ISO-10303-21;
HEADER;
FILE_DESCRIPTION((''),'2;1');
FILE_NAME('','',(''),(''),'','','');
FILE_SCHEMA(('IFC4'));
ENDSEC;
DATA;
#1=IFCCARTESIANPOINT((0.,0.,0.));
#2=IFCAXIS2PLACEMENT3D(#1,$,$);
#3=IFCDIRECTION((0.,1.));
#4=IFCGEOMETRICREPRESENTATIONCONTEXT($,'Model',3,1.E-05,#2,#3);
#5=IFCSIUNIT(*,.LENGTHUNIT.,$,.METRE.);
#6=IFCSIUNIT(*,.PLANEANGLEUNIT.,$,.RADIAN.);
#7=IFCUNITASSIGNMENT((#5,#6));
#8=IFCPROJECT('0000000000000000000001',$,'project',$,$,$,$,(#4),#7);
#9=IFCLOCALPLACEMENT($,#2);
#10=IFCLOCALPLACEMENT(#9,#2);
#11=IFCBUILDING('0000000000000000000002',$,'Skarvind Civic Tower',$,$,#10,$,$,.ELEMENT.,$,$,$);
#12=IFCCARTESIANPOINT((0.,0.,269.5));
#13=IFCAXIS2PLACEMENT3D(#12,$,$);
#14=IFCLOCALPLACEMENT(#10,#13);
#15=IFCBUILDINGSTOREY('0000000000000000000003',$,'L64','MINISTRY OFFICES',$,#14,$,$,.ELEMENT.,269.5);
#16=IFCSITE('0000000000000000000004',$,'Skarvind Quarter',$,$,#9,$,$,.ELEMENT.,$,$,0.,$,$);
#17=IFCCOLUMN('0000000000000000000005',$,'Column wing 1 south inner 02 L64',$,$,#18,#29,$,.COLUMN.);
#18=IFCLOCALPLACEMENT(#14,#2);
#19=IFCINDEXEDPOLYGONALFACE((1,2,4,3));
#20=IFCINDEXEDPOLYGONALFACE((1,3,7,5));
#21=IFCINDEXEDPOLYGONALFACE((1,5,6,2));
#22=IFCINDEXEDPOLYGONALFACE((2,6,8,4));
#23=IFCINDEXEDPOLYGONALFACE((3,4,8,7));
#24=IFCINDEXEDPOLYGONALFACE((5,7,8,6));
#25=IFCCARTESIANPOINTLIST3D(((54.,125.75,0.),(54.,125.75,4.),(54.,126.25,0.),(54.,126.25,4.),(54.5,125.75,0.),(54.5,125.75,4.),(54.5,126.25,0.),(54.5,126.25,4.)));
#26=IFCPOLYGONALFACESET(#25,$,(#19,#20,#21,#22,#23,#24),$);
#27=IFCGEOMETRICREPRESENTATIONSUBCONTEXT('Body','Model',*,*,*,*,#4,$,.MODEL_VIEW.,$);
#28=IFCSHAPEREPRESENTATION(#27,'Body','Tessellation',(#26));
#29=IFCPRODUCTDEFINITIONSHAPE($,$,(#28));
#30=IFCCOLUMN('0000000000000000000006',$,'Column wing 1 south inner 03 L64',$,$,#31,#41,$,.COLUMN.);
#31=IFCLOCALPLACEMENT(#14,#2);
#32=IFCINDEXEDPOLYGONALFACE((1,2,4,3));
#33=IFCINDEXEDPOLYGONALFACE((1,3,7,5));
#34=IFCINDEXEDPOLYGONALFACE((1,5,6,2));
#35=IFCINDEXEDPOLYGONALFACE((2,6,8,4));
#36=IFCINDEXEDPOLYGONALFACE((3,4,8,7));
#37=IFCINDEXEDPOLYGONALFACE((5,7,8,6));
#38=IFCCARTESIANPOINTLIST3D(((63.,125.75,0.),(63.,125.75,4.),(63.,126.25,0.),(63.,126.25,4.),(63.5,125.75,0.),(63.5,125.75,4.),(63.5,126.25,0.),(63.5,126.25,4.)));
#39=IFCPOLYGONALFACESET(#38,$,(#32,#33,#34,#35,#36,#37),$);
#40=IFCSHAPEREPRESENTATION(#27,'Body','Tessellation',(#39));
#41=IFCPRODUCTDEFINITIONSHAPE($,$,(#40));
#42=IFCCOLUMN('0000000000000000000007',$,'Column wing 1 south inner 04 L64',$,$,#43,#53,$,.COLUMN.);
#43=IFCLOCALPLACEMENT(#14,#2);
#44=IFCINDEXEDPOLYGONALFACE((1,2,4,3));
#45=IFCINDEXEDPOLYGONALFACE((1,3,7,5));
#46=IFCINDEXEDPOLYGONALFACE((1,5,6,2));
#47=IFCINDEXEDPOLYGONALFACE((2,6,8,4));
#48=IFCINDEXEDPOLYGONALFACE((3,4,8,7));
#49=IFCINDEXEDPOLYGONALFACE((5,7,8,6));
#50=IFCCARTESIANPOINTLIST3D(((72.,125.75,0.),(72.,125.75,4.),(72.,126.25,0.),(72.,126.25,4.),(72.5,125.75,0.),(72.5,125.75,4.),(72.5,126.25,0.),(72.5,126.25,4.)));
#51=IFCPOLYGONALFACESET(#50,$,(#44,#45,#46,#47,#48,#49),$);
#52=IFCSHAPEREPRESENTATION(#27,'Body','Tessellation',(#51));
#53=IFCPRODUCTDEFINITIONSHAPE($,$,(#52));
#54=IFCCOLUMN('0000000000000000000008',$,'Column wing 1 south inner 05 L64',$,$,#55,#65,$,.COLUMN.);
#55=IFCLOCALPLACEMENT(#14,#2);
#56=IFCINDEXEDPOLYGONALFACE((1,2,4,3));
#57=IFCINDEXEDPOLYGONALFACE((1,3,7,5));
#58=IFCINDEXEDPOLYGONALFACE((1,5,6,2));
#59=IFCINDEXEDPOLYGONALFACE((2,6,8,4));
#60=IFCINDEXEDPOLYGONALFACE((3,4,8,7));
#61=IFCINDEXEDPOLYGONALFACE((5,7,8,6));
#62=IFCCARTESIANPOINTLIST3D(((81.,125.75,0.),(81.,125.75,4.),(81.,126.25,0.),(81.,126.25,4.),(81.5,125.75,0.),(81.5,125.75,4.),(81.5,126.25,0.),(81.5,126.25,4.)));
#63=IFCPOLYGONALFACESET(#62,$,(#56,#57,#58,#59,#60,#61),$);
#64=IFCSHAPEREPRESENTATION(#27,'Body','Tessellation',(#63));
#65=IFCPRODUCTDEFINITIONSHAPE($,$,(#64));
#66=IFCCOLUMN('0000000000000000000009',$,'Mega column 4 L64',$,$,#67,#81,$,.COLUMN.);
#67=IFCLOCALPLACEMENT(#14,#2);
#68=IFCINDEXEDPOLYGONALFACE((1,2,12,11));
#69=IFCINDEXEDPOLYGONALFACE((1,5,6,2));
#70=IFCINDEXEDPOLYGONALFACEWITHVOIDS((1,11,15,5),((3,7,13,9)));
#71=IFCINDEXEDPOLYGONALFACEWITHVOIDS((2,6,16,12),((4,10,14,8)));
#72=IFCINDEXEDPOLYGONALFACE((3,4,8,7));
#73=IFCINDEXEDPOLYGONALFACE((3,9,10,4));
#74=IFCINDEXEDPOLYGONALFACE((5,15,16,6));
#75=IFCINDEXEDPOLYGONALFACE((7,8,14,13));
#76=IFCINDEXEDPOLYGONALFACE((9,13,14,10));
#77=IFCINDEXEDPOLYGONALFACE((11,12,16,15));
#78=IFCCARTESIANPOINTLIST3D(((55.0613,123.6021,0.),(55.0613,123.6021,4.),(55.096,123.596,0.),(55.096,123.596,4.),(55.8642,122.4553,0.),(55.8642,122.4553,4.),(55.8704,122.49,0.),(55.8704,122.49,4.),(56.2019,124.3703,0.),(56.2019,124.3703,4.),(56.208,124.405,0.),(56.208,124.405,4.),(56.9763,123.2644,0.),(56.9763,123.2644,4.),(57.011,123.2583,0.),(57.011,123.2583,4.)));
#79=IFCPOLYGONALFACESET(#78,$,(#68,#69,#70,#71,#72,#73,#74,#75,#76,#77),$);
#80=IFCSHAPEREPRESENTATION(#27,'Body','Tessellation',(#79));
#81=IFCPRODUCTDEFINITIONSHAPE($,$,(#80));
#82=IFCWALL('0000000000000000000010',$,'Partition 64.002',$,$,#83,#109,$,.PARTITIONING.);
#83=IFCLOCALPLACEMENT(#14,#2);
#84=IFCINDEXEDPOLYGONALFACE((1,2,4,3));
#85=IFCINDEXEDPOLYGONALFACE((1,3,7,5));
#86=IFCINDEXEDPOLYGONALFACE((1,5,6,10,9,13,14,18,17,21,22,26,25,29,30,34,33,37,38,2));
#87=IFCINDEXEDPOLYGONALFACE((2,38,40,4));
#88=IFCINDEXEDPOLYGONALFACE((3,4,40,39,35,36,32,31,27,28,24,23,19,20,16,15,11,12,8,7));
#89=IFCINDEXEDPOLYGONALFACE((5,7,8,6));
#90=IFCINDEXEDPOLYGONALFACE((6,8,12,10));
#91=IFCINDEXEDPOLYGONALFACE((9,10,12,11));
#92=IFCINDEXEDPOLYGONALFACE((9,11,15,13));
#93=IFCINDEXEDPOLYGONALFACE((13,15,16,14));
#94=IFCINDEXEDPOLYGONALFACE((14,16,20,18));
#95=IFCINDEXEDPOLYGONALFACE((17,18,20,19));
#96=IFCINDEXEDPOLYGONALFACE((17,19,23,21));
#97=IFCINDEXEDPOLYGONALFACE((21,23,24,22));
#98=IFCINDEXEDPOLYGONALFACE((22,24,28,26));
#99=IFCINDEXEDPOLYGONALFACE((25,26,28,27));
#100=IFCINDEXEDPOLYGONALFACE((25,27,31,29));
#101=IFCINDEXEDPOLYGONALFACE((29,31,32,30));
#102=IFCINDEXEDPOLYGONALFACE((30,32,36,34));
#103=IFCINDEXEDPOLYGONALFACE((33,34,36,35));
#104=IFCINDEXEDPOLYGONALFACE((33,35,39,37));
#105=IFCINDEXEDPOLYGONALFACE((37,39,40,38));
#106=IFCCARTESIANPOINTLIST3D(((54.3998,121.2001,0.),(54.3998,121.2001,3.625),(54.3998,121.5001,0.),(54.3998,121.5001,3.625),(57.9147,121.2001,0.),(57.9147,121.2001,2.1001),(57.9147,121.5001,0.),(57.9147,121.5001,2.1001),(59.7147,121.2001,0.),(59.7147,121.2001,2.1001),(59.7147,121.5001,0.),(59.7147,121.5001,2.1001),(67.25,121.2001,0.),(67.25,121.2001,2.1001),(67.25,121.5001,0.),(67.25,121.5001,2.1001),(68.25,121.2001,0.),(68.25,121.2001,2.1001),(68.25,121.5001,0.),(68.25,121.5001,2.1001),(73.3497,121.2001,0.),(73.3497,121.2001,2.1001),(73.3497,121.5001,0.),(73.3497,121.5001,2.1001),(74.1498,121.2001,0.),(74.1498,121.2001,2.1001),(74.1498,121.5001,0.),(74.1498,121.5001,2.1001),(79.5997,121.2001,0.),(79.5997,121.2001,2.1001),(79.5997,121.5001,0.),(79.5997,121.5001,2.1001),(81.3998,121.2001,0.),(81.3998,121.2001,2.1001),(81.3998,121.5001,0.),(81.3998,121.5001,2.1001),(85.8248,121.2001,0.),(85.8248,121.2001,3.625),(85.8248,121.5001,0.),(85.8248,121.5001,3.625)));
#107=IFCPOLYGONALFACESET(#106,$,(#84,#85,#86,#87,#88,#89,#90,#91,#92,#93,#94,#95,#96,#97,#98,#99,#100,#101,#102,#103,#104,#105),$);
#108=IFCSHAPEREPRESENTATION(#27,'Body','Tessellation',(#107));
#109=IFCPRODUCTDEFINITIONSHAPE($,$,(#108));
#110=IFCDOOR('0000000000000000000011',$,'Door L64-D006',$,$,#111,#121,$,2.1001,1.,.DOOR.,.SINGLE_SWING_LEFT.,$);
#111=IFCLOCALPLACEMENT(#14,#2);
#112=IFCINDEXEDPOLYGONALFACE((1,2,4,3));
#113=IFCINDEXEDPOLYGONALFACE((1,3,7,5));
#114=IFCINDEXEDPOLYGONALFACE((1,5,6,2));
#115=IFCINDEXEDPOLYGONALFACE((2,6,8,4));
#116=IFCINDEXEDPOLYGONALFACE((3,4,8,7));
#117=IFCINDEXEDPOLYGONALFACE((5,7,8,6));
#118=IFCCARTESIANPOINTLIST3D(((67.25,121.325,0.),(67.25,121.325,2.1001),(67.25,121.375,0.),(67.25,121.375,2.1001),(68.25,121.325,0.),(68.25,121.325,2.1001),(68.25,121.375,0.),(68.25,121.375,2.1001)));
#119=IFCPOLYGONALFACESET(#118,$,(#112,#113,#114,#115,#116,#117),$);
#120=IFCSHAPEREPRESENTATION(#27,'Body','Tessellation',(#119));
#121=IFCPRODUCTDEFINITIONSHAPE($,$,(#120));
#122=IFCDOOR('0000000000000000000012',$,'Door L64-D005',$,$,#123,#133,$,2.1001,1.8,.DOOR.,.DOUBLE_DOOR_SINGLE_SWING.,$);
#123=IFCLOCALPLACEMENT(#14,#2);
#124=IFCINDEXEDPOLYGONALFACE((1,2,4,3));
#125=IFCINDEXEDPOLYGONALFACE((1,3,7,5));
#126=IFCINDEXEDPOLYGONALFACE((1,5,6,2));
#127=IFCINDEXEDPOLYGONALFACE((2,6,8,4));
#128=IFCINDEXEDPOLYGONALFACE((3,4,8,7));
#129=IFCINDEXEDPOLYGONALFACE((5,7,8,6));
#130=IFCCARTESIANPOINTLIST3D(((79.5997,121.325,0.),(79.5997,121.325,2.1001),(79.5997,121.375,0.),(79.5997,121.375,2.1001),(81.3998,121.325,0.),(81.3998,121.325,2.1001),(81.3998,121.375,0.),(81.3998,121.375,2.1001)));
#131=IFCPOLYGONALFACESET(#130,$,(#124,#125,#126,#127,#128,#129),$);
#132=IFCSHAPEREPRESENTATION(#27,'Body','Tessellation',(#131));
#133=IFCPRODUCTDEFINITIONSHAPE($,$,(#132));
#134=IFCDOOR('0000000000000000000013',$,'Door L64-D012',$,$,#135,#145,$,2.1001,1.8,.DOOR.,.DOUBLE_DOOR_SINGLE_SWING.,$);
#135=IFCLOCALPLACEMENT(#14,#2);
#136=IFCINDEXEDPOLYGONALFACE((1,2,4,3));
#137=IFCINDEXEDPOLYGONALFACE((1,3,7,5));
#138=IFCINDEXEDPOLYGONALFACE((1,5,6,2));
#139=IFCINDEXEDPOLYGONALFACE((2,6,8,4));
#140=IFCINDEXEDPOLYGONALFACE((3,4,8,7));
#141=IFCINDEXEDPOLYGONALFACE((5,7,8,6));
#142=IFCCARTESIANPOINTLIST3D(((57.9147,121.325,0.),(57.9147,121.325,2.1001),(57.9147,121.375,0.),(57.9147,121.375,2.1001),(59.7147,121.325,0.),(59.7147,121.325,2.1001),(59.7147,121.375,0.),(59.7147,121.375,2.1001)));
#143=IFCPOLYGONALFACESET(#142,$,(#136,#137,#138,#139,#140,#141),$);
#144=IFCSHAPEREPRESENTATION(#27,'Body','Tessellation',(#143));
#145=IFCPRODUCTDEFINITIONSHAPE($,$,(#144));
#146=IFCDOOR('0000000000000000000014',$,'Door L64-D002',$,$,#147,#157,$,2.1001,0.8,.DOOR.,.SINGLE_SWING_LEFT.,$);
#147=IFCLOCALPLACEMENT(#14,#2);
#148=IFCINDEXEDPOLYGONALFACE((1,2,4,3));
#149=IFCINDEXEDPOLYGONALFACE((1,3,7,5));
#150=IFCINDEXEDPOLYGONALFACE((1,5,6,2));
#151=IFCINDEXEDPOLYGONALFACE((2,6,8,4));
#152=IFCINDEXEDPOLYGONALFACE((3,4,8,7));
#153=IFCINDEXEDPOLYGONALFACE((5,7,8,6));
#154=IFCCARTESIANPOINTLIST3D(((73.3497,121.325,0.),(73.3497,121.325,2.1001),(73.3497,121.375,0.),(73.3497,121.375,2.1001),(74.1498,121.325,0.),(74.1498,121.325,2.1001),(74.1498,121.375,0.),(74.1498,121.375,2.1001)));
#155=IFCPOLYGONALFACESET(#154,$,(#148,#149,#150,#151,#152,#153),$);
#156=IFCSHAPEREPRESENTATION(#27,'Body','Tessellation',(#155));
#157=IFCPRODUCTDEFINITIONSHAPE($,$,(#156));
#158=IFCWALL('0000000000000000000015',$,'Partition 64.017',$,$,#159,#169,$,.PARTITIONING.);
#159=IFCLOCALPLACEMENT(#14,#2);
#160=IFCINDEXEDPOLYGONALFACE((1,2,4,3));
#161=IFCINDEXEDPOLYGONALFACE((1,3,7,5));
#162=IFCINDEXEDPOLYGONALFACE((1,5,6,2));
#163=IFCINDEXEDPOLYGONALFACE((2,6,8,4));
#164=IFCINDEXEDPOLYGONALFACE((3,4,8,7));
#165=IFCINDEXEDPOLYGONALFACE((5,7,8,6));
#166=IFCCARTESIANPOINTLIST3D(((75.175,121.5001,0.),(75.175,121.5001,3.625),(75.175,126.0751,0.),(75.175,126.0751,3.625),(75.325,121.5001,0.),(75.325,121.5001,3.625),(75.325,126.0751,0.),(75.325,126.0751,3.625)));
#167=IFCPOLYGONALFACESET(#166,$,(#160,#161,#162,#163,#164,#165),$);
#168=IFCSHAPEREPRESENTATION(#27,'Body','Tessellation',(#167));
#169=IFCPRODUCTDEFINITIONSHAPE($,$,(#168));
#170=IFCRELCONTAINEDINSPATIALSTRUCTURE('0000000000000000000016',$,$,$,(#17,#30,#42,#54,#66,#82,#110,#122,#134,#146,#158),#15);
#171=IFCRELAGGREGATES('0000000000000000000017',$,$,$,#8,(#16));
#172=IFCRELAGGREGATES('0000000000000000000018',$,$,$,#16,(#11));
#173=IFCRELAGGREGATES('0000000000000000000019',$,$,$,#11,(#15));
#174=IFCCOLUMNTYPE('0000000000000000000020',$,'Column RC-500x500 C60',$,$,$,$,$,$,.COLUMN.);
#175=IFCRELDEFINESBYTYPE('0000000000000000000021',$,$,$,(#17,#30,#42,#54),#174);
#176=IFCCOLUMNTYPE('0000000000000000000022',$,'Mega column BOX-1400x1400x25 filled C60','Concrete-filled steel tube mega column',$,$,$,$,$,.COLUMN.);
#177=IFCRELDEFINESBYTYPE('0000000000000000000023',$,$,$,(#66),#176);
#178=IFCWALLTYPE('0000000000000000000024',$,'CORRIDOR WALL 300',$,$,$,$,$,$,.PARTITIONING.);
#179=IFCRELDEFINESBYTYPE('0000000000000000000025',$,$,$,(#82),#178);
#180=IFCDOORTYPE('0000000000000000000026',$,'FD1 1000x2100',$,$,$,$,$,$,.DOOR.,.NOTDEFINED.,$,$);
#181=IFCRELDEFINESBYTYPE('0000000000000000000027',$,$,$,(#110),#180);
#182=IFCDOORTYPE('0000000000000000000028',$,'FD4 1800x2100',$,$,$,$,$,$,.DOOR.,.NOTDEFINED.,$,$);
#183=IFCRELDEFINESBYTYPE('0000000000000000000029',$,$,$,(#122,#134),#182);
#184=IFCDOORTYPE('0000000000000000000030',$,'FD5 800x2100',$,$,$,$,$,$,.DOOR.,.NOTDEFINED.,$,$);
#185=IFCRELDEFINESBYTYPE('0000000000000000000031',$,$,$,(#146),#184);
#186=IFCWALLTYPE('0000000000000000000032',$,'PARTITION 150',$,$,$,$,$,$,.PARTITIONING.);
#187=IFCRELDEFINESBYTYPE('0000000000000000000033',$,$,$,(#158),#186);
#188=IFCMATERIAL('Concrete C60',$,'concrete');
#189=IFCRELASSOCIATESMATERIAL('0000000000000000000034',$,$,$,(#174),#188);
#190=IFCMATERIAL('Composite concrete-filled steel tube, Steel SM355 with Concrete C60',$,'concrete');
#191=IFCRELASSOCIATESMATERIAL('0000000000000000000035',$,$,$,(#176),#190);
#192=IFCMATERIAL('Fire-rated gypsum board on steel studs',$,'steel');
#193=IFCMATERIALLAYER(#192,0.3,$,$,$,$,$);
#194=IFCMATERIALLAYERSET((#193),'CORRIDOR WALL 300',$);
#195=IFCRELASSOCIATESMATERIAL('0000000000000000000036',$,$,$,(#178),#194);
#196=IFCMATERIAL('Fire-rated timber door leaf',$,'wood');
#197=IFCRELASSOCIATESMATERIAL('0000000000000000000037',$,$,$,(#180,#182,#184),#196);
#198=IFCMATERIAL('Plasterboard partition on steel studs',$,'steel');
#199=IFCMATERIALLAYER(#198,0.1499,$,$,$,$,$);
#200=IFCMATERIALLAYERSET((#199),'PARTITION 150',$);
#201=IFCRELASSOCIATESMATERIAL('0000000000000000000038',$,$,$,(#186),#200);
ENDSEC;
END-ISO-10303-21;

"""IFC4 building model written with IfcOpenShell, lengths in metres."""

from ifc_helpers import new_model, si_unit, direction, frame, frame_2d, origin, origin_2d, place, context, subcontext, project, spatial, rectangle, hollow_rectangle, extrude, material, layer, layer_set, material_profile, profile_set, type_object, element, fill, save


model = new_model("IFC4")

# Units and contexts
model_context = context("Model", 3, precision=1e-05, world=origin(), true_north=direction((0.0, 1.0)))
body_context = subcontext(model_context, "Body", "Model", "MODEL_VIEW")
ifc_project = project(units=[si_unit("LENGTHUNIT", "METRE"), si_unit("PLANEANGLEUNIT", "RADIAN")], contexts=[model_context])

# Site, building, storey
site_placement = place(None, origin())
site = spatial("IfcSite", under=ifc_project, at=site_placement, Name="Skarvind Quarter", CompositionType="ELEMENT", RefElevation=0.0)
building_placement = place(site_placement, origin())
building = spatial("IfcBuilding", under=site, at=building_placement, Name="Skarvind Civic Tower", CompositionType="ELEMENT")
storey_placement = place(building_placement, frame((0.0, 0.0, 269.5)))
storey = spatial("IfcBuildingStorey", under=building, at=storey_placement, Name="L64", Description="MINISTRY OFFICES", CompositionType="ELEMENT", Elevation=269.5)

# Columns
ifc_material_1 = material(Name="Concrete C60", Category="concrete")
ifc_material_profile_1 = material_profile(ifc_material_1, rectangle(XDim=0.5, YDim=0.5, at=origin_2d()), Name="RC-500x500")
ifc_profile_set_1 = profile_set([ifc_material_profile_1], Name="Concrete C60")
column_type_1 = type_object("IfcColumnType", Name="Column RC-500x500 C60", PredefinedType="COLUMN", material=ifc_profile_set_1)
for number, where, z_axis, x_axis, name in (
    (1, (54.25, 126.0, 0.0), (0.0, 0.0, 1.0), (1.0, 0.0, 0.0), "Column wing 1 south inner 02 L64"),
    (2, (63.25, 126.0, 0.0), (0.0, 0.0, 1.0), (1.0, 0.0, 0.0), "Column wing 1 south inner 03 L64"),
    (3, (72.25, 126.0, 0.0), (0.0, 0.0, 1.0), (1.0, 0.0, 0.0), "Column wing 1 south inner 04 L64"),
    (4, (81.25, 126.0, 0.0), (0.0, 0.0, 1.0), (1.0, 0.0, 0.0), "Column wing 1 south inner 05 L64"),
):
    element("IfcColumn", number, at=place(storey_placement, frame(where, z_axis=z_axis, x_axis=x_axis)), inside=storey, type_object=column_type_1, Name=name, PredefinedType="COLUMN", context=body_context, shape_type="SweptSolid", body=[
        extrude(rectangle(XDim=0.5, YDim=0.5, at=origin_2d()), origin(), (0.0, 0.0, 1.0), 4.0),
    ])
ifc_material_2 = material(Name="Composite concrete-filled steel tube, Steel SM355 with Concrete C60", Category="concrete")
ifc_material_profile_2 = material_profile(ifc_material_2, hollow_rectangle(XDim=1.3999, YDim=1.3999, WallThickness=0.0249, at=origin_2d()), Name="BOX-1400x1400x25")
ifc_profile_set_2 = profile_set([ifc_material_profile_2], Name="Composite concrete-filled steel tube, Steel SM355 with Concrete C60")
column_type_2 = type_object("IfcColumnType", Name="Mega column BOX-1400x1400x25 filled C60", Description="Concrete-filled steel tube mega column", PredefinedType="COLUMN", material=ifc_profile_set_2)
column_placement = place(storey_placement, frame((56.0361, 123.4302, 0.0), z_axis=(0.0, 0.0, 1.0), x_axis=(0.573576, -0.819152, 0.0)))
element("IfcColumn", 5, at=column_placement, inside=storey, type_object=column_type_2, Name="Mega column 4 L64", PredefinedType="COLUMN", context=body_context, shape_type="SweptSolid", body=[
    extrude(hollow_rectangle(XDim=1.3999, YDim=1.3999, WallThickness=0.0249, at=origin_2d()), origin(), (0.0, 0.0, 1.0), 4.0),
])

# Wall, openings, doors
ifc_material_3 = material(Name="Fire-rated gypsum board on steel studs", Category="steel")
ifc_layer_1 = layer(ifc_material_3, 0.3)
ifc_layer_set_1 = layer_set([ifc_layer_1], Name="CORRIDOR WALL 300")
wall_type_1 = type_object("IfcWallType", Name="CORRIDOR WALL 300", PredefinedType="PARTITIONING", material=ifc_layer_set_1)
wall_1_placement = place(storey_placement, frame((54.3999, 121.3501, 0.0), z_axis=(0.0, 0.0, 1.0), x_axis=(1.0, 0.0, 0.0)))
wall_1 = element("IfcWall", 6, at=wall_1_placement, inside=storey, type_object=wall_type_1, Name="Partition 64.002", PredefinedType="PARTITIONING", context=body_context, shape_type="SweptSolid", body=[
    extrude(rectangle(XDim=31.425, YDim=0.3, at=frame_2d((15.7124, 0.0))), origin(), (0.0, 0.0, 1.0), 3.625),
])
opening_1_placement = place(wall_1_placement, frame((18.95, 0.0, 0.0)))
opening_1 = element("IfcOpeningElement", 7, at=opening_1_placement, cuts=wall_1, PredefinedType="OPENING", context=body_context, shape_type="SweptSolid", body=[
    extrude(rectangle(XDim=0.8, YDim=2.1001, at=frame_2d((0.3999, 1.05))), frame((0.0, 0.1599, 0.0), z_axis=(0.0, -1.0, 0.0), x_axis=(1.0, 0.0, 0.0)), (0.0, 0.0, 1.0), 0.3201),
])
opening_2_placement = place(wall_1_placement, frame((25.2, 0.0, 0.0)))
opening_2 = element("IfcOpeningElement", 8, at=opening_2_placement, cuts=wall_1, PredefinedType="OPENING", context=body_context, shape_type="SweptSolid", body=[
    extrude(rectangle(XDim=1.8, YDim=2.1001, at=frame_2d((0.8999, 1.05))), frame((0.0, 0.1599, 0.0), z_axis=(0.0, -1.0, 0.0), x_axis=(1.0, 0.0, 0.0)), (0.0, 0.0, 1.0), 0.3201),
])
opening_3_placement = place(wall_1_placement, frame((12.8501, 0.0, 0.0)))
opening_3 = element("IfcOpeningElement", 9, at=opening_3_placement, cuts=wall_1, PredefinedType="OPENING", context=body_context, shape_type="SweptSolid", body=[
    extrude(rectangle(XDim=1.0, YDim=2.1001, at=frame_2d((0.5, 1.05))), frame((0.0, 0.1599, 0.0), z_axis=(0.0, -1.0, 0.0), x_axis=(1.0, 0.0, 0.0)), (0.0, 0.0, 1.0), 0.3201),
])
opening_4_placement = place(wall_1_placement, frame((3.5149, 0.0, 0.0)))
opening_4 = element("IfcOpeningElement", 10, at=opening_4_placement, cuts=wall_1, PredefinedType="OPENING", context=body_context, shape_type="SweptSolid", body=[
    extrude(rectangle(XDim=1.8, YDim=2.1001, at=frame_2d((0.8999, 1.05))), frame((0.0, 0.1599, 0.0), z_axis=(0.0, -1.0, 0.0), x_axis=(1.0, 0.0, 0.0)), (0.0, 0.0, 1.0), 0.3201),
])
ifc_material_4 = material(Name="Fire-rated timber door leaf", Category="wood")
door_type_1 = type_object("IfcDoorType", Name="FD1 1000x2100", OperationType="NOTDEFINED", PredefinedType="DOOR", material=ifc_material_4)
door_1_placement = place(opening_3_placement, origin())
door_1 = element("IfcDoor", 11, at=door_1_placement, inside=storey, type_object=door_type_1, Name="Door L64-D006", OperationType="SINGLE_SWING_LEFT", OverallHeight=2.1001, OverallWidth=1.0, PredefinedType="DOOR", context=body_context, shape_type="SweptSolid", body=[
    extrude(rectangle(XDim=1.0, YDim=2.1001, at=frame_2d((0.5, 1.05))), frame((0.0, 0.0249, 0.0), z_axis=(0.0, -1.0, 0.0), x_axis=(1.0, 0.0, 0.0)), (0.0, 0.0, 1.0), 0.05),
])
fill(opening_3, door_1)
door_type_2 = type_object("IfcDoorType", Name="FD4 1800x2100", OperationType="NOTDEFINED", PredefinedType="DOOR", material=ifc_material_4)
door_2_placement = place(opening_2_placement, origin())
door_2 = element("IfcDoor", 12, at=door_2_placement, inside=storey, type_object=door_type_2, Name="Door L64-D005", OperationType="DOUBLE_DOOR_SINGLE_SWING", OverallHeight=2.1001, OverallWidth=1.8, PredefinedType="DOOR", context=body_context, shape_type="SweptSolid", body=[
    extrude(rectangle(XDim=1.8, YDim=2.1001, at=frame_2d((0.8999, 1.05))), frame((0.0, 0.0249, 0.0), z_axis=(0.0, -1.0, 0.0), x_axis=(1.0, 0.0, 0.0)), (0.0, 0.0, 1.0), 0.05),
])
fill(opening_2, door_2)
door_3_placement = place(opening_4_placement, origin())
door_3 = element("IfcDoor", 13, at=door_3_placement, inside=storey, type_object=door_type_2, Name="Door L64-D012", OperationType="DOUBLE_DOOR_SINGLE_SWING", OverallHeight=2.1001, OverallWidth=1.8, PredefinedType="DOOR", context=body_context, shape_type="SweptSolid", body=[
    extrude(rectangle(XDim=1.8, YDim=2.1001, at=frame_2d((0.8999, 1.05))), frame((0.0, 0.0249, 0.0), z_axis=(0.0, -1.0, 0.0), x_axis=(1.0, 0.0, 0.0)), (0.0, 0.0, 1.0), 0.05),
])
fill(opening_4, door_3)
door_type_3 = type_object("IfcDoorType", Name="FD5 800x2100", OperationType="NOTDEFINED", PredefinedType="DOOR", material=ifc_material_4)
door_4_placement = place(opening_1_placement, origin())
door_4 = element("IfcDoor", 14, at=door_4_placement, inside=storey, type_object=door_type_3, Name="Door L64-D002", OperationType="SINGLE_SWING_LEFT", OverallHeight=2.1001, OverallWidth=0.8, PredefinedType="DOOR", context=body_context, shape_type="SweptSolid", body=[
    extrude(rectangle(XDim=0.8, YDim=2.1001, at=frame_2d((0.3999, 1.05))), frame((0.0, 0.0249, 0.0), z_axis=(0.0, -1.0, 0.0), x_axis=(1.0, 0.0, 0.0)), (0.0, 0.0, 1.0), 0.05),
])
fill(opening_1, door_4)

# Wall
ifc_material_5 = material(Name="Plasterboard partition on steel studs", Category="steel")
ifc_layer_2 = layer(ifc_material_5, 0.1499)
ifc_layer_set_2 = layer_set([ifc_layer_2], Name="PARTITION 150")
wall_type_2 = type_object("IfcWallType", Name="PARTITION 150", PredefinedType="PARTITIONING", material=ifc_layer_set_2)
wall_2_placement = place(storey_placement, frame((75.25, 121.5, 0.0), z_axis=(0.0, 0.0, 1.0), x_axis=(0.0, 1.0, 0.0)))
element("IfcWall", 15, at=wall_2_placement, inside=storey, type_object=wall_type_2, Name="Partition 64.017", PredefinedType="PARTITIONING", context=body_context, shape_type="SweptSolid", body=[
    extrude(rectangle(XDim=4.575, YDim=0.1499, at=frame_2d((2.2876, 0.0))), origin(), (0.0, 0.0, 1.0), 3.625),
])

save(model, "model.ifc")
